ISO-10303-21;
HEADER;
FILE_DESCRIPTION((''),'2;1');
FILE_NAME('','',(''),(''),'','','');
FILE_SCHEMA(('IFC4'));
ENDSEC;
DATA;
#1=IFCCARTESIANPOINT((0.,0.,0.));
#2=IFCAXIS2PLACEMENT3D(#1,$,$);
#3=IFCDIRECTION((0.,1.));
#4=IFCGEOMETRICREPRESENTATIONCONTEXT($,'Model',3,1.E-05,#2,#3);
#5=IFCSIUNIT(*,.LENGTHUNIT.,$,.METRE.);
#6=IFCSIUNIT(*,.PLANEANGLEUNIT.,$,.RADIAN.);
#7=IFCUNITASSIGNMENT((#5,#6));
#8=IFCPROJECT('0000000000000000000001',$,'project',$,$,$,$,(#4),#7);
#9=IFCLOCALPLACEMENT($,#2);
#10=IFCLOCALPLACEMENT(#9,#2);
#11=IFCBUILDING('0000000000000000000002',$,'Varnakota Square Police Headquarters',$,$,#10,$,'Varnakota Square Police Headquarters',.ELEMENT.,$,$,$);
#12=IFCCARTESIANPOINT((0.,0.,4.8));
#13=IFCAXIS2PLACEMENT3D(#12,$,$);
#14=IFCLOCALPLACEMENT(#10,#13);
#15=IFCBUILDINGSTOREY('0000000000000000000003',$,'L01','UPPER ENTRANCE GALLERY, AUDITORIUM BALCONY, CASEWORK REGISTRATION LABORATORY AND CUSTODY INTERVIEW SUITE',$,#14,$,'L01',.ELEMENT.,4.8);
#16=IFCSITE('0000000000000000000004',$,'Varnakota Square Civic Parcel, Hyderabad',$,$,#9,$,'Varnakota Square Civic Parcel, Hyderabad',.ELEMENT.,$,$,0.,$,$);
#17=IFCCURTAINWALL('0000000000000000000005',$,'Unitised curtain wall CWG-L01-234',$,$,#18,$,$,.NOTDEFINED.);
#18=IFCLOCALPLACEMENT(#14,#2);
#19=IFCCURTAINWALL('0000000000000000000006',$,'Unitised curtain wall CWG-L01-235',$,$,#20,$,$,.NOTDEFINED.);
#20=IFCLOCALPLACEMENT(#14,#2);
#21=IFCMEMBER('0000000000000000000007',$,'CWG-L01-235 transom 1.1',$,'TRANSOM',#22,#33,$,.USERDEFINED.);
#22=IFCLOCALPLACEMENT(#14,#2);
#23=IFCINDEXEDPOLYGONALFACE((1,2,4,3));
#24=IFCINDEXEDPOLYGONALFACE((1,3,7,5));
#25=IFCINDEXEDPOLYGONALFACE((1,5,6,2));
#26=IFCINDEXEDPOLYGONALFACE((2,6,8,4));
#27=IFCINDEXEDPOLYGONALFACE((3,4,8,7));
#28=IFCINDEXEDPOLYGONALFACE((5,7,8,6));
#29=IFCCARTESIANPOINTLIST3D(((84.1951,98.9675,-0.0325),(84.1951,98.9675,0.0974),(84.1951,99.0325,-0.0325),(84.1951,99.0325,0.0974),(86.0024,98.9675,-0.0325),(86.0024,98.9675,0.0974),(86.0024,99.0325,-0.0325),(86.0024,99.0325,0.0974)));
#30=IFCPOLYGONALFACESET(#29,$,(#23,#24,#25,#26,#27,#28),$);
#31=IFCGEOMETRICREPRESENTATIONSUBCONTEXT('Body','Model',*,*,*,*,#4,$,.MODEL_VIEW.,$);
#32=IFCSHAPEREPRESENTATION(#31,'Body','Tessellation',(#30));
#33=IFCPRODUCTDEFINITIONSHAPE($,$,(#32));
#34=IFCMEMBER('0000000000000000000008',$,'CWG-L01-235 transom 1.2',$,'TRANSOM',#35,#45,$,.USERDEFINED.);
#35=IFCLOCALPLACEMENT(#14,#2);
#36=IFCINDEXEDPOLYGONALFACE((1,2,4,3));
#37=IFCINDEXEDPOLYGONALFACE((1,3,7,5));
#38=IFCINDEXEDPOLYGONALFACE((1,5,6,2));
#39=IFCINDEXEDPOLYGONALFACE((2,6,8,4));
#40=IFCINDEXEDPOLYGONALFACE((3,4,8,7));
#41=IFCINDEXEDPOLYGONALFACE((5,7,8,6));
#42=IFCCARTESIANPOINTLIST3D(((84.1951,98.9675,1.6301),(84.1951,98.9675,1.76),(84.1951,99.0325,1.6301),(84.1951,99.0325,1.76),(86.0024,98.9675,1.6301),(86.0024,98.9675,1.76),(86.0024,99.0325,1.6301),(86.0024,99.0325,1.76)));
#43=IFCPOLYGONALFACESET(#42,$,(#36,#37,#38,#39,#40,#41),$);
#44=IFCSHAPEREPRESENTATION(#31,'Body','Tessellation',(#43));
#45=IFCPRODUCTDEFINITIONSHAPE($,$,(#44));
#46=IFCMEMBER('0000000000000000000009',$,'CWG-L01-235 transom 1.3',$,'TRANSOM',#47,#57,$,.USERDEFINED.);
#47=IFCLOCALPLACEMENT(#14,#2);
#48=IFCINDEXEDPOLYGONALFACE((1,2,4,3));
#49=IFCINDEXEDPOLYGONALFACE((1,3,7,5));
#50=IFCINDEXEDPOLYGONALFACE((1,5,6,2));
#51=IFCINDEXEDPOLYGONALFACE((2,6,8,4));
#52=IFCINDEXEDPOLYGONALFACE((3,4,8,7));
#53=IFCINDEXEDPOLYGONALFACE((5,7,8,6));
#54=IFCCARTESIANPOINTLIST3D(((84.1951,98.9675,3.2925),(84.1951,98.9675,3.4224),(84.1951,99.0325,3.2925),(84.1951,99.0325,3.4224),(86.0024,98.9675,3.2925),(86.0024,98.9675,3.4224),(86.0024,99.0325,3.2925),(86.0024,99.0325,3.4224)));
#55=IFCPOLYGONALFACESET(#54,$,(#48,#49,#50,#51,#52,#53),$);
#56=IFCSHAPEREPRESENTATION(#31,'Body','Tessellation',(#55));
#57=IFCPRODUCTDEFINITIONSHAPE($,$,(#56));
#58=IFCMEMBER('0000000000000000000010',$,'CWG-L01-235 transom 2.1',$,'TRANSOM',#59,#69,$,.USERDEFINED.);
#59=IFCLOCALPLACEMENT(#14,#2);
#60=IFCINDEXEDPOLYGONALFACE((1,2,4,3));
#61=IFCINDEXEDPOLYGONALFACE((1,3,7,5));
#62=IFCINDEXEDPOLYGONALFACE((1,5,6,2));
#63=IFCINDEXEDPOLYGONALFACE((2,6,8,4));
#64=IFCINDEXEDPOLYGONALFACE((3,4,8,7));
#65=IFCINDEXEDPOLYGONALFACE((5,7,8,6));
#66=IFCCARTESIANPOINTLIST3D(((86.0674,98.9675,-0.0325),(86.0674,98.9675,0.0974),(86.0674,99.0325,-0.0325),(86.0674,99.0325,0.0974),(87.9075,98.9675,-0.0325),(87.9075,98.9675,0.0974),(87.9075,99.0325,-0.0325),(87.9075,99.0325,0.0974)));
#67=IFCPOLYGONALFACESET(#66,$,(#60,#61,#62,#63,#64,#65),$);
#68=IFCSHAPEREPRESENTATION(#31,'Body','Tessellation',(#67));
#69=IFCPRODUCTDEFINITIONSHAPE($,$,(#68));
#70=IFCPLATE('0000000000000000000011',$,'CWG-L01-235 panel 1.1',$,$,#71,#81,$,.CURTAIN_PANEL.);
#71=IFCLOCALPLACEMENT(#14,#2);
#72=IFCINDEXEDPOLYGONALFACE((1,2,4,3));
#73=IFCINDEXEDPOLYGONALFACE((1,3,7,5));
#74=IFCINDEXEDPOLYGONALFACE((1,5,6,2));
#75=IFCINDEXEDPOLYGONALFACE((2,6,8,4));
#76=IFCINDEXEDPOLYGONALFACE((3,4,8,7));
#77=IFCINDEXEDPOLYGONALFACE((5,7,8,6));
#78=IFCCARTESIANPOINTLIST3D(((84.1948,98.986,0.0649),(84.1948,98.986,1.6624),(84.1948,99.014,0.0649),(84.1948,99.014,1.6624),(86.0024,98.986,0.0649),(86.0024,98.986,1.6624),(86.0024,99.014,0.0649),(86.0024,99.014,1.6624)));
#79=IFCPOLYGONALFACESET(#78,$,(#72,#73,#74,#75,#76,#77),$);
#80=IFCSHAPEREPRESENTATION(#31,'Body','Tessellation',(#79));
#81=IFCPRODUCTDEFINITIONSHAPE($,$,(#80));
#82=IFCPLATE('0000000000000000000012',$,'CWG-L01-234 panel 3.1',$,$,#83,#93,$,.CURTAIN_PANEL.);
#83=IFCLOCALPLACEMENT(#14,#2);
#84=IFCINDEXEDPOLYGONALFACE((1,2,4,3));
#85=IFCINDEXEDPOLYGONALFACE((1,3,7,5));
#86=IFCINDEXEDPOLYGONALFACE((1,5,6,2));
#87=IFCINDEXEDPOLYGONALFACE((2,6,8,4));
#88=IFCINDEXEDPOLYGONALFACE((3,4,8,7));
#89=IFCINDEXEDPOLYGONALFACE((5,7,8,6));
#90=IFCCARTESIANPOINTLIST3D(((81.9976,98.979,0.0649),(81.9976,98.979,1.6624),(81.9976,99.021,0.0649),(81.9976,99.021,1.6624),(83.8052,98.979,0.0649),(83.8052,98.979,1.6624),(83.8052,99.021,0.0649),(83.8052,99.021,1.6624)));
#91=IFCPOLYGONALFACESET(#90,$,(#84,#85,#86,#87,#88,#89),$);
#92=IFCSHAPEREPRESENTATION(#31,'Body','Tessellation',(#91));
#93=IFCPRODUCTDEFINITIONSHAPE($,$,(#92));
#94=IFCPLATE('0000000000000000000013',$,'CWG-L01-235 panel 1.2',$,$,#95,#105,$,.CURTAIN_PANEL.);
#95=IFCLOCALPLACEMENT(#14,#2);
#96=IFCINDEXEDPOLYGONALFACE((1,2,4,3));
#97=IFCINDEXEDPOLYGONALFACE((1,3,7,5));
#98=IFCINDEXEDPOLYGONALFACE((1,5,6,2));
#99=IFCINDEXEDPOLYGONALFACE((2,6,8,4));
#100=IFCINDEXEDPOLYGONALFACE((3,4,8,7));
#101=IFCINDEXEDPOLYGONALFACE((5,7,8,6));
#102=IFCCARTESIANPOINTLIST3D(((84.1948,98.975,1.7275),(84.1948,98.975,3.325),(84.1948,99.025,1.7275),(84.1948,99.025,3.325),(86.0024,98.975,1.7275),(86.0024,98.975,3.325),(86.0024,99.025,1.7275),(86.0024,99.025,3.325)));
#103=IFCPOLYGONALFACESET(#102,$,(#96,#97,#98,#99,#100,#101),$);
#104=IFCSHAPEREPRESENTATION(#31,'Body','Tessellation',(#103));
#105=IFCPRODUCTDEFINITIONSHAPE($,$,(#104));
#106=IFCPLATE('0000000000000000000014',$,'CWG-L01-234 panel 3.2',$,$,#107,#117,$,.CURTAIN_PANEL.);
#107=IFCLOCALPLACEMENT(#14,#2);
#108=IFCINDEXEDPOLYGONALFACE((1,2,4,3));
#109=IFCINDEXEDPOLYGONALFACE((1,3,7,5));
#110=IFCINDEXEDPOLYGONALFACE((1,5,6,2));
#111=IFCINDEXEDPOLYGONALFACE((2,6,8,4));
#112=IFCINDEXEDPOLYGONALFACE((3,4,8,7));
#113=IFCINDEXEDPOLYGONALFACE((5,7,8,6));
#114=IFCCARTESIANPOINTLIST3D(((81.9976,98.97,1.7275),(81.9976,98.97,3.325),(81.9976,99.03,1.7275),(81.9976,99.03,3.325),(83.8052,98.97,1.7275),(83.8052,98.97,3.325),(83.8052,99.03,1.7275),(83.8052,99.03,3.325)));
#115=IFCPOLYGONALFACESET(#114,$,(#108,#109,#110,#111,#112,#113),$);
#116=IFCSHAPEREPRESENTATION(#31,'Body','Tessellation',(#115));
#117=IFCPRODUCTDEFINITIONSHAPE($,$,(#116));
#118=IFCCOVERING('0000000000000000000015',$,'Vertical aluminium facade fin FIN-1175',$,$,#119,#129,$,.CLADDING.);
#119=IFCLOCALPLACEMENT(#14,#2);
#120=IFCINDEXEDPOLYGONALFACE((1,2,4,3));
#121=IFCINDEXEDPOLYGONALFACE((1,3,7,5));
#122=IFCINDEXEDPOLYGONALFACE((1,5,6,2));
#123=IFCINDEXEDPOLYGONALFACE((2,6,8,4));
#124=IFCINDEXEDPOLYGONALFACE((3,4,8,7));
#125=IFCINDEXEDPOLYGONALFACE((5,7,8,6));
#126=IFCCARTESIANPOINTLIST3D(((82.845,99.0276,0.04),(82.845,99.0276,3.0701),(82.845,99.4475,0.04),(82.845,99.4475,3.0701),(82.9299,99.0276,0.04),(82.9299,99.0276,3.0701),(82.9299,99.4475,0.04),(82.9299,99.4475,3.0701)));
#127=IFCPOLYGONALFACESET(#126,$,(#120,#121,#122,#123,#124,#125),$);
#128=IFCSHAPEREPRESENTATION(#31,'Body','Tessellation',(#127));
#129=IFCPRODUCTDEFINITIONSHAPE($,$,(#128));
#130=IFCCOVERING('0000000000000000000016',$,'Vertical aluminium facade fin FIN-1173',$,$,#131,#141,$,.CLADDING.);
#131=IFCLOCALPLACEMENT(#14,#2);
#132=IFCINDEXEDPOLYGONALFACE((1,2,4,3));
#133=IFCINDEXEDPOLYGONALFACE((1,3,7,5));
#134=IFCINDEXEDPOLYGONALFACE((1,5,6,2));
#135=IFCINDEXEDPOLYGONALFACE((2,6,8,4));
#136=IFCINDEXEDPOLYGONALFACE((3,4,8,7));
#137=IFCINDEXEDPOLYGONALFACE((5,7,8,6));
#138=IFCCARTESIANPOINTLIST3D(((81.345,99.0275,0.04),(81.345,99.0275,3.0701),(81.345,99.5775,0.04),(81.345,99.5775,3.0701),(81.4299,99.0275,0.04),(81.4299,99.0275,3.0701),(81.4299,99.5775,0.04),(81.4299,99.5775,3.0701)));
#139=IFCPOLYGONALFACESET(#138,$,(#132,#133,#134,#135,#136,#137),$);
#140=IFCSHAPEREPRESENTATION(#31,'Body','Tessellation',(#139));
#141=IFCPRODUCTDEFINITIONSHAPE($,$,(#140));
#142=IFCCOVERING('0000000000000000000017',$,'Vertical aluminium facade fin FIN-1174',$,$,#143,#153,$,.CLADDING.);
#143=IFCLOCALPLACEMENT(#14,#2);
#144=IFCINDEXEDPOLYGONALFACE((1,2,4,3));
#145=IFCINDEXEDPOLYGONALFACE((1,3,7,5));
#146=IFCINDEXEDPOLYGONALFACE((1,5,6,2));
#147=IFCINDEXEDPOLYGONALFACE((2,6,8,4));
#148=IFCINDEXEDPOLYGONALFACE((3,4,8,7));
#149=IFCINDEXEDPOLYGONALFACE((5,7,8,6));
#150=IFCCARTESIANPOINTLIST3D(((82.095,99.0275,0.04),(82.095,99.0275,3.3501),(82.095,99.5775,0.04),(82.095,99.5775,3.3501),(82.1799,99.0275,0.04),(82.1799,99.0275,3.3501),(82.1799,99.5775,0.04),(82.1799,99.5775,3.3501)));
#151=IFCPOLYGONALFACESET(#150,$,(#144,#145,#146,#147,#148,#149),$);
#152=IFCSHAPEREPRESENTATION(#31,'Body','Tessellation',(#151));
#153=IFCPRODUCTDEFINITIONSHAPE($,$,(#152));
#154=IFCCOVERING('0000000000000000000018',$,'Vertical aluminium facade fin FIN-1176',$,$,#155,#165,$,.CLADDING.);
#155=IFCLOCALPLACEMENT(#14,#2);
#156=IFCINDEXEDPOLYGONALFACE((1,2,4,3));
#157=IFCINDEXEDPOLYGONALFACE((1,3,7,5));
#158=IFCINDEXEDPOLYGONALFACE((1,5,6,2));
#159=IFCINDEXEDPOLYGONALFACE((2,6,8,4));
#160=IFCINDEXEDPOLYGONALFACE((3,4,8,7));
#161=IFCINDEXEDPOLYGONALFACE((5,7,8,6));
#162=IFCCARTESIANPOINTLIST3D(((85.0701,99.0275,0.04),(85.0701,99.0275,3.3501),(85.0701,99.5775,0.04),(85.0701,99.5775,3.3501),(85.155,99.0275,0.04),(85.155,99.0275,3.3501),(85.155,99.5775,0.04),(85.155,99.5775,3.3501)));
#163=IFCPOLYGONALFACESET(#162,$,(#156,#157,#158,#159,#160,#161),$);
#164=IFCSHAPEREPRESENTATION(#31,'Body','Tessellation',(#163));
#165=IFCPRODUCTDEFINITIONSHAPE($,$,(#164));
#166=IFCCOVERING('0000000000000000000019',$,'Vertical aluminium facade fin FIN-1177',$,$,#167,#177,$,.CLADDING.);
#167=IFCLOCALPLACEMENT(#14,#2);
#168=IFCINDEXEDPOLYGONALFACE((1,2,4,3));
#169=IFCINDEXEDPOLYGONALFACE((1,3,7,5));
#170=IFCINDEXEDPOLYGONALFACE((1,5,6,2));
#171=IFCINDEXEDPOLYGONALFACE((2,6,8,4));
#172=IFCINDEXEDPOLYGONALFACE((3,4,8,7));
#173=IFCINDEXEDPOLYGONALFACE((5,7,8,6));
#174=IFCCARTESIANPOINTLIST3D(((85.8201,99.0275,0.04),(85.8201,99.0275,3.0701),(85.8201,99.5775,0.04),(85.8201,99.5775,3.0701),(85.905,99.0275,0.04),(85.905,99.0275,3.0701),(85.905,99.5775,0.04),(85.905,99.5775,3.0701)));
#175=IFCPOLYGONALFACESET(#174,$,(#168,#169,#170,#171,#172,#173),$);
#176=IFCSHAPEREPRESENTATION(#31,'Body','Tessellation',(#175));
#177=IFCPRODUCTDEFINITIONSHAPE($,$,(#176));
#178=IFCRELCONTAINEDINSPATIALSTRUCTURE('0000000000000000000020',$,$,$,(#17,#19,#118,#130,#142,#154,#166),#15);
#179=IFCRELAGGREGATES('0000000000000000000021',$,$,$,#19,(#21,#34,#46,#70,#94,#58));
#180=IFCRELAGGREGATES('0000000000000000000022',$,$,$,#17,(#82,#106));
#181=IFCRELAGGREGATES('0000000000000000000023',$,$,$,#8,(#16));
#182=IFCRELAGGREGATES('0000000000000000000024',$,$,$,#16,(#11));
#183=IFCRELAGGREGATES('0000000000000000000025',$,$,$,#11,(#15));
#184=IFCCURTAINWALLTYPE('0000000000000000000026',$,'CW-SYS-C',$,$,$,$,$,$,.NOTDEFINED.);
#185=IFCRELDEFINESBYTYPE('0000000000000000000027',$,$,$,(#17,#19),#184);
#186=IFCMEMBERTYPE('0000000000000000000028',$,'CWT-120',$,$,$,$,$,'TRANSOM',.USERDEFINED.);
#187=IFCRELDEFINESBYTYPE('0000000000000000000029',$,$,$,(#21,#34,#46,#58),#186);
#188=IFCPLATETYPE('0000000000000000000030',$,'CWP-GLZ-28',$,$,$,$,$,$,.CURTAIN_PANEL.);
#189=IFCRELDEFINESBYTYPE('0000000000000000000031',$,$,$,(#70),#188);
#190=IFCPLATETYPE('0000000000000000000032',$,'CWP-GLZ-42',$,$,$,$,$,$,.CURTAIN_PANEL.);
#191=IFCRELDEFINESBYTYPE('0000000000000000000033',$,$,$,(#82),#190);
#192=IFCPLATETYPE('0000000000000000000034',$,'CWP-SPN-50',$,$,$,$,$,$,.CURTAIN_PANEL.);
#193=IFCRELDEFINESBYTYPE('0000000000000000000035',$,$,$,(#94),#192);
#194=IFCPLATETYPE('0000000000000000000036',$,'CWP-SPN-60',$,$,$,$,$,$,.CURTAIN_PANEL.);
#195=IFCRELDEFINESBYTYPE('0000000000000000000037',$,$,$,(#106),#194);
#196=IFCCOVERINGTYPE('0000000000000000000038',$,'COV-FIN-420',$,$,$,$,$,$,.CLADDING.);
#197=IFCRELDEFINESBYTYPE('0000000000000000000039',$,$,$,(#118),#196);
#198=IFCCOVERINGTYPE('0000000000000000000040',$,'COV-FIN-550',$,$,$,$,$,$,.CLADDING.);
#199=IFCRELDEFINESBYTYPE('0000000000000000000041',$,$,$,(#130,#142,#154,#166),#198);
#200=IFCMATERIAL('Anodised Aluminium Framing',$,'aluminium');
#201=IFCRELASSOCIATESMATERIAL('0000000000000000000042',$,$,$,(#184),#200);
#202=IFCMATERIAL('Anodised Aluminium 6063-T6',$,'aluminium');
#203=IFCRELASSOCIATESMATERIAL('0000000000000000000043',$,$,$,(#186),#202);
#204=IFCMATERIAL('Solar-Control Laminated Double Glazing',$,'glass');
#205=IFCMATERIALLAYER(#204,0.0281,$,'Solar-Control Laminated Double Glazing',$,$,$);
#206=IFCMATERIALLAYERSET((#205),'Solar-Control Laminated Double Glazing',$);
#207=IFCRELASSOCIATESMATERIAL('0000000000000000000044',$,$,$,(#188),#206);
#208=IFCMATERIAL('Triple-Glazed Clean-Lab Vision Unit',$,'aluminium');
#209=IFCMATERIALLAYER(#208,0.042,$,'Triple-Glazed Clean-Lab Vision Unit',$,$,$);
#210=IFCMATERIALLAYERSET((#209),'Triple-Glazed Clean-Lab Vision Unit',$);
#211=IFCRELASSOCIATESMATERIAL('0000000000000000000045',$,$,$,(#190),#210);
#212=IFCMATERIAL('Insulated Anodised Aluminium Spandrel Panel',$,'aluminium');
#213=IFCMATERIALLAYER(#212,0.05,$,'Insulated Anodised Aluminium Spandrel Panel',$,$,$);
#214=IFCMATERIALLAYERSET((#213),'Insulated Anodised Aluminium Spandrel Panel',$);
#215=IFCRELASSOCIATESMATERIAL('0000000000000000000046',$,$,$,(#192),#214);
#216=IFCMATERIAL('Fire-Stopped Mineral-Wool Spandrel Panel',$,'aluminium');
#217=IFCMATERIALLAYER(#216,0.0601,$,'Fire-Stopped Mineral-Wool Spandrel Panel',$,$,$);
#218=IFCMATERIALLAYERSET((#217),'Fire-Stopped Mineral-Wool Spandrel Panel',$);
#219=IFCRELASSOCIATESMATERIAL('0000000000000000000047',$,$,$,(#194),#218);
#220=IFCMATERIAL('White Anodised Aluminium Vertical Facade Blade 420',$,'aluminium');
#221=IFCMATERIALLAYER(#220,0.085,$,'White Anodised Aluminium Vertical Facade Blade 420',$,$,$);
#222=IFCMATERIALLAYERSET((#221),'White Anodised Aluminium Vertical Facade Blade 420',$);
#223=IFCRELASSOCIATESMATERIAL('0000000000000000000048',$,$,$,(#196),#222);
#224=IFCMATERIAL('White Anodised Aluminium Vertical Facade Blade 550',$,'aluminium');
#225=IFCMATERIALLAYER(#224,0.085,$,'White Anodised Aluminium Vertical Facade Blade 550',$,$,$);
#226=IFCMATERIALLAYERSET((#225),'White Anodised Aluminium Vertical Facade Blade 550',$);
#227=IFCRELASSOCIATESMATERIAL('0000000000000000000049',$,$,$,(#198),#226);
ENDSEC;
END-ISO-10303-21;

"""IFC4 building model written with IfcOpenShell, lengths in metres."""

from ifc_helpers import new_model, si_unit, direction, frame, origin, origin_2d, place, context, subcontext, project, spatial, rectangle, extrude, material, layer, layer_set, material_profile, profile_set, type_object, element, aggregate, save


model = new_model("IFC4")

# Units and contexts
model_context = context("Model", 3, precision=1e-05, world=origin(), true_north=direction((0.0, 1.0)))
body_context = subcontext(model_context, "Body", "Model", "MODEL_VIEW")
ifc_project = project(units=[si_unit("LENGTHUNIT", "METRE"), si_unit("PLANEANGLEUNIT", "RADIAN")], contexts=[model_context])

# Site, building, storey
site_placement = place(None, origin())
site = spatial("IfcSite", under=ifc_project, at=site_placement, Name="Varnakota Square Civic Parcel, Hyderabad", LongName="Varnakota Square Civic Parcel, Hyderabad", CompositionType="ELEMENT", RefElevation=0.0)
building_placement = place(site_placement, origin())
building = spatial("IfcBuilding", under=site, at=building_placement, Name="Varnakota Square Police Headquarters", LongName="Varnakota Square Police Headquarters", CompositionType="ELEMENT")
storey_placement = place(building_placement, frame((0.0, 0.0, 4.8)))
storey = spatial("IfcBuildingStorey", under=building, at=storey_placement, Name="L01", Description="UPPER ENTRANCE GALLERY, AUDITORIUM BALCONY, CASEWORK REGISTRATION LABORATORY AND CUSTODY INTERVIEW SUITE", LongName="L01", CompositionType="ELEMENT", Elevation=4.8)

# Curtain walls
ifc_material_1 = material(Name="Anodised Aluminium Framing", Category="aluminium")
curtain_wall_type = type_object("IfcCurtainWallType", Name="CW-SYS-C", PredefinedType="NOTDEFINED", material=ifc_material_1)
curtain_wall_1_placement = place(storey_placement, origin())
curtain_wall_1 = element("IfcCurtainWall", 1, at=curtain_wall_1_placement, inside=storey, type_object=curtain_wall_type, Name="Unitised curtain wall CWG-L01-234", PredefinedType="NOTDEFINED")
ifc_material_2 = material(Name="Anodised Aluminium 6063-T6", Category="aluminium")
curtain_wall_2_placement = place(storey_placement, origin())
curtain_wall_2 = element("IfcCurtainWall", 2, at=curtain_wall_2_placement, inside=storey, type_object=curtain_wall_type, Name="Unitised curtain wall CWG-L01-235", PredefinedType="NOTDEFINED")

# Members
ifc_material_profile_1 = material_profile(ifc_material_2, rectangle(XDim=0.0649, YDim=0.1299, at=origin_2d()), Name="ALU TRANSOM 65x130")
ifc_profile_set_1 = profile_set([ifc_material_profile_1], Name="Anodised Aluminium 6063-T6")
member_type_1 = type_object("IfcMemberType", Name="CWT-120", ElementType="TRANSOM", PredefinedType="USERDEFINED", material=ifc_profile_set_1)
member_1_placement = place(storey_placement, frame((84.1951, 99.0, 0.0325), z_axis=(1.0, 0.0, 0.0), x_axis=(0.0, 1.0, 0.0)))
member_1 = element("IfcMember", 3, at=member_1_placement, type_object=member_type_1, Name="CWG-L01-235 transom 1.1", ObjectType="TRANSOM", PredefinedType="USERDEFINED", context=body_context, shape_type="SweptSolid", body=[
    extrude(rectangle(XDim=0.0649, YDim=0.1299, at=origin_2d()), origin(), (0.0, 0.0, 1.0), 1.8074),
])
member_2_placement = place(storey_placement, frame((84.1951, 99.0, 1.6951), z_axis=(1.0, 0.0, 0.0), x_axis=(0.0, 1.0, 0.0)))
member_2 = element("IfcMember", 4, at=member_2_placement, type_object=member_type_1, Name="CWG-L01-235 transom 1.2", ObjectType="TRANSOM", PredefinedType="USERDEFINED", context=body_context, shape_type="SweptSolid", body=[
    extrude(rectangle(XDim=0.0649, YDim=0.1299, at=origin_2d()), origin(), (0.0, 0.0, 1.0), 1.8074),
])
member_3_placement = place(storey_placement, frame((84.1951, 99.0, 3.3574), z_axis=(1.0, 0.0, 0.0), x_axis=(0.0, 1.0, 0.0)))
member_3 = element("IfcMember", 5, at=member_3_placement, type_object=member_type_1, Name="CWG-L01-235 transom 1.3", ObjectType="TRANSOM", PredefinedType="USERDEFINED", context=body_context, shape_type="SweptSolid", body=[
    extrude(rectangle(XDim=0.0649, YDim=0.1299, at=origin_2d()), origin(), (0.0, 0.0, 1.0), 1.8074),
])
member_4_placement = place(storey_placement, frame((86.0674, 99.0, 0.0325), z_axis=(1.0, 0.0, 0.0), x_axis=(0.0, 1.0, 0.0)))
member_4 = element("IfcMember", 6, at=member_4_placement, type_object=member_type_1, Name="CWG-L01-235 transom 2.1", ObjectType="TRANSOM", PredefinedType="USERDEFINED", context=body_context, shape_type="SweptSolid", body=[
    extrude(rectangle(XDim=0.0649, YDim=0.1299, at=origin_2d()), origin(), (0.0, 0.0, 1.0), 1.8401),
])

# Plates
ifc_material_3 = material(Name="Solar-Control Laminated Double Glazing", Category="glass")
ifc_layer_1 = layer(ifc_material_3, 0.0281, Name="Solar-Control Laminated Double Glazing")
ifc_layer_set_1 = layer_set([ifc_layer_1], Name="Solar-Control Laminated Double Glazing")
plate_type_1 = type_object("IfcPlateType", Name="CWP-GLZ-28", PredefinedType="CURTAIN_PANEL", material=ifc_layer_set_1)
plate_1_placement = place(storey_placement, frame((85.0986, 99.0, 0.0649), z_axis=(0.0, 0.0, 1.0), x_axis=(1.0, 0.0, 0.0)))
plate_1 = element("IfcPlate", 7, at=plate_1_placement, type_object=plate_type_1, Name="CWG-L01-235 panel 1.1", PredefinedType="CURTAIN_PANEL", context=body_context, shape_type="SweptSolid", body=[
    extrude(rectangle(XDim=1.8076, YDim=0.0281, at=origin_2d()), origin(), (0.0, 0.0, 1.0), 1.5974),
])
ifc_material_4 = material(Name="Triple-Glazed Clean-Lab Vision Unit", Category="aluminium")
ifc_layer_2 = layer(ifc_material_4, 0.042, Name="Triple-Glazed Clean-Lab Vision Unit")
ifc_layer_set_2 = layer_set([ifc_layer_2], Name="Triple-Glazed Clean-Lab Vision Unit")
plate_type_2 = type_object("IfcPlateType", Name="CWP-GLZ-42", PredefinedType="CURTAIN_PANEL", material=ifc_layer_set_2)
plate_2_placement = place(storey_placement, frame((82.9014, 99.0, 0.0649), z_axis=(0.0, 0.0, 1.0), x_axis=(1.0, 0.0, 0.0)))
plate_2 = element("IfcPlate", 8, at=plate_2_placement, type_object=plate_type_2, Name="CWG-L01-234 panel 3.1", PredefinedType="CURTAIN_PANEL", context=body_context, shape_type="SweptSolid", body=[
    extrude(rectangle(XDim=1.8076, YDim=0.042, at=origin_2d()), origin(), (0.0, 0.0, 1.0), 1.5974),
])
ifc_material_5 = material(Name="Insulated Anodised Aluminium Spandrel Panel", Category="aluminium")
ifc_layer_3 = layer(ifc_material_5, 0.05, Name="Insulated Anodised Aluminium Spandrel Panel")
ifc_layer_set_3 = layer_set([ifc_layer_3], Name="Insulated Anodised Aluminium Spandrel Panel")
plate_type_3 = type_object("IfcPlateType", Name="CWP-SPN-50", PredefinedType="CURTAIN_PANEL", material=ifc_layer_set_3)
plate_3_placement = place(storey_placement, frame((85.0986, 99.0, 1.7275), z_axis=(0.0, 0.0, 1.0), x_axis=(1.0, 0.0, 0.0)))
plate_3 = element("IfcPlate", 9, at=plate_3_placement, type_object=plate_type_3, Name="CWG-L01-235 panel 1.2", PredefinedType="CURTAIN_PANEL", context=body_context, shape_type="SweptSolid", body=[
    extrude(rectangle(XDim=1.8076, YDim=0.05, at=origin_2d()), origin(), (0.0, 0.0, 1.0), 1.5974),
])
aggregate(curtain_wall_2, [member_1, member_2, member_3, plate_1, plate_3, member_4])
ifc_material_6 = material(Name="Fire-Stopped Mineral-Wool Spandrel Panel", Category="aluminium")
ifc_layer_4 = layer(ifc_material_6, 0.0601, Name="Fire-Stopped Mineral-Wool Spandrel Panel")
ifc_layer_set_4 = layer_set([ifc_layer_4], Name="Fire-Stopped Mineral-Wool Spandrel Panel")
plate_type_4 = type_object("IfcPlateType", Name="CWP-SPN-60", PredefinedType="CURTAIN_PANEL", material=ifc_layer_set_4)
plate_4_placement = place(storey_placement, frame((82.9014, 99.0, 1.7275), z_axis=(0.0, 0.0, 1.0), x_axis=(1.0, 0.0, 0.0)))
plate_4 = element("IfcPlate", 10, at=plate_4_placement, type_object=plate_type_4, Name="CWG-L01-234 panel 3.2", PredefinedType="CURTAIN_PANEL", context=body_context, shape_type="SweptSolid", body=[
    extrude(rectangle(XDim=1.8076, YDim=0.0601, at=origin_2d()), origin(), (0.0, 0.0, 1.0), 1.5974),
])
aggregate(curtain_wall_1, [plate_2, plate_4])

# Coverings
ifc_material_7 = material(Name="White Anodised Aluminium Vertical Facade Blade 420", Category="aluminium")
ifc_layer_5 = layer(ifc_material_7, 0.085, Name="White Anodised Aluminium Vertical Facade Blade 420")
ifc_layer_set_5 = layer_set([ifc_layer_5], Name="White Anodised Aluminium Vertical Facade Blade 420")
covering_type_1 = type_object("IfcCoveringType", Name="COV-FIN-420", PredefinedType="CLADDING", material=ifc_layer_set_5)
covering_1_placement = place(storey_placement, frame((82.8875, 99.2375, 0.04), z_axis=(0.0, 0.0, 1.0), x_axis=(1.0, 0.0, 0.0)))
element("IfcCovering", 11, at=covering_1_placement, inside=storey, type_object=covering_type_1, Name="Vertical aluminium facade fin FIN-1175", PredefinedType="CLADDING", context=body_context, shape_type="SweptSolid", body=[
    extrude(rectangle(XDim=0.085, YDim=0.4199, at=origin_2d()), origin(), (0.0, 0.0, 1.0), 3.03),
])
ifc_material_8 = material(Name="White Anodised Aluminium Vertical Facade Blade 550", Category="aluminium")
ifc_layer_6 = layer(ifc_material_8, 0.085, Name="White Anodised Aluminium Vertical Facade Blade 550")
ifc_layer_set_6 = layer_set([ifc_layer_6], Name="White Anodised Aluminium Vertical Facade Blade 550")
covering_type_2 = type_object("IfcCoveringType", Name="COV-FIN-550", PredefinedType="CLADDING", material=ifc_layer_set_6)
covering_2_placement = place(storey_placement, frame((81.3875, 99.3025, 0.04), z_axis=(0.0, 0.0, 1.0), x_axis=(1.0, 0.0, 0.0)))
element("IfcCovering", 12, at=covering_2_placement, inside=storey, type_object=covering_type_2, Name="Vertical aluminium facade fin FIN-1173", PredefinedType="CLADDING", context=body_context, shape_type="SweptSolid", body=[
    extrude(rectangle(XDim=0.085, YDim=0.55, at=origin_2d()), origin(), (0.0, 0.0, 1.0), 3.03),
])
for number, where, z_axis, x_axis, name in (
    (13, (82.1375, 99.3025, 0.04), (0.0, 0.0, 1.0), (1.0, 0.0, 0.0), "Vertical aluminium facade fin FIN-1174"),
    (14, (85.1125, 99.3025, 0.04), (0.0, 0.0, 1.0), (1.0, 0.0, 0.0), "Vertical aluminium facade fin FIN-1176"),
):
    element("IfcCovering", number, at=place(storey_placement, frame(where, z_axis=z_axis, x_axis=x_axis)), inside=storey, type_object=covering_type_2, Name=name, PredefinedType="CLADDING", context=body_context, shape_type="SweptSolid", body=[
        extrude(rectangle(XDim=0.085, YDim=0.55, at=origin_2d()), origin(), (0.0, 0.0, 1.0), 3.3101),
    ])
covering_3_placement = place(storey_placement, frame((85.8625, 99.3025, 0.04), z_axis=(0.0, 0.0, 1.0), x_axis=(1.0, 0.0, 0.0)))
element("IfcCovering", 15, at=covering_3_placement, inside=storey, type_object=covering_type_2, Name="Vertical aluminium facade fin FIN-1177", PredefinedType="CLADDING", context=body_context, shape_type="SweptSolid", body=[
    extrude(rectangle(XDim=0.085, YDim=0.55, at=origin_2d()), origin(), (0.0, 0.0, 1.0), 3.03),
])

save(model, "model.ifc")
